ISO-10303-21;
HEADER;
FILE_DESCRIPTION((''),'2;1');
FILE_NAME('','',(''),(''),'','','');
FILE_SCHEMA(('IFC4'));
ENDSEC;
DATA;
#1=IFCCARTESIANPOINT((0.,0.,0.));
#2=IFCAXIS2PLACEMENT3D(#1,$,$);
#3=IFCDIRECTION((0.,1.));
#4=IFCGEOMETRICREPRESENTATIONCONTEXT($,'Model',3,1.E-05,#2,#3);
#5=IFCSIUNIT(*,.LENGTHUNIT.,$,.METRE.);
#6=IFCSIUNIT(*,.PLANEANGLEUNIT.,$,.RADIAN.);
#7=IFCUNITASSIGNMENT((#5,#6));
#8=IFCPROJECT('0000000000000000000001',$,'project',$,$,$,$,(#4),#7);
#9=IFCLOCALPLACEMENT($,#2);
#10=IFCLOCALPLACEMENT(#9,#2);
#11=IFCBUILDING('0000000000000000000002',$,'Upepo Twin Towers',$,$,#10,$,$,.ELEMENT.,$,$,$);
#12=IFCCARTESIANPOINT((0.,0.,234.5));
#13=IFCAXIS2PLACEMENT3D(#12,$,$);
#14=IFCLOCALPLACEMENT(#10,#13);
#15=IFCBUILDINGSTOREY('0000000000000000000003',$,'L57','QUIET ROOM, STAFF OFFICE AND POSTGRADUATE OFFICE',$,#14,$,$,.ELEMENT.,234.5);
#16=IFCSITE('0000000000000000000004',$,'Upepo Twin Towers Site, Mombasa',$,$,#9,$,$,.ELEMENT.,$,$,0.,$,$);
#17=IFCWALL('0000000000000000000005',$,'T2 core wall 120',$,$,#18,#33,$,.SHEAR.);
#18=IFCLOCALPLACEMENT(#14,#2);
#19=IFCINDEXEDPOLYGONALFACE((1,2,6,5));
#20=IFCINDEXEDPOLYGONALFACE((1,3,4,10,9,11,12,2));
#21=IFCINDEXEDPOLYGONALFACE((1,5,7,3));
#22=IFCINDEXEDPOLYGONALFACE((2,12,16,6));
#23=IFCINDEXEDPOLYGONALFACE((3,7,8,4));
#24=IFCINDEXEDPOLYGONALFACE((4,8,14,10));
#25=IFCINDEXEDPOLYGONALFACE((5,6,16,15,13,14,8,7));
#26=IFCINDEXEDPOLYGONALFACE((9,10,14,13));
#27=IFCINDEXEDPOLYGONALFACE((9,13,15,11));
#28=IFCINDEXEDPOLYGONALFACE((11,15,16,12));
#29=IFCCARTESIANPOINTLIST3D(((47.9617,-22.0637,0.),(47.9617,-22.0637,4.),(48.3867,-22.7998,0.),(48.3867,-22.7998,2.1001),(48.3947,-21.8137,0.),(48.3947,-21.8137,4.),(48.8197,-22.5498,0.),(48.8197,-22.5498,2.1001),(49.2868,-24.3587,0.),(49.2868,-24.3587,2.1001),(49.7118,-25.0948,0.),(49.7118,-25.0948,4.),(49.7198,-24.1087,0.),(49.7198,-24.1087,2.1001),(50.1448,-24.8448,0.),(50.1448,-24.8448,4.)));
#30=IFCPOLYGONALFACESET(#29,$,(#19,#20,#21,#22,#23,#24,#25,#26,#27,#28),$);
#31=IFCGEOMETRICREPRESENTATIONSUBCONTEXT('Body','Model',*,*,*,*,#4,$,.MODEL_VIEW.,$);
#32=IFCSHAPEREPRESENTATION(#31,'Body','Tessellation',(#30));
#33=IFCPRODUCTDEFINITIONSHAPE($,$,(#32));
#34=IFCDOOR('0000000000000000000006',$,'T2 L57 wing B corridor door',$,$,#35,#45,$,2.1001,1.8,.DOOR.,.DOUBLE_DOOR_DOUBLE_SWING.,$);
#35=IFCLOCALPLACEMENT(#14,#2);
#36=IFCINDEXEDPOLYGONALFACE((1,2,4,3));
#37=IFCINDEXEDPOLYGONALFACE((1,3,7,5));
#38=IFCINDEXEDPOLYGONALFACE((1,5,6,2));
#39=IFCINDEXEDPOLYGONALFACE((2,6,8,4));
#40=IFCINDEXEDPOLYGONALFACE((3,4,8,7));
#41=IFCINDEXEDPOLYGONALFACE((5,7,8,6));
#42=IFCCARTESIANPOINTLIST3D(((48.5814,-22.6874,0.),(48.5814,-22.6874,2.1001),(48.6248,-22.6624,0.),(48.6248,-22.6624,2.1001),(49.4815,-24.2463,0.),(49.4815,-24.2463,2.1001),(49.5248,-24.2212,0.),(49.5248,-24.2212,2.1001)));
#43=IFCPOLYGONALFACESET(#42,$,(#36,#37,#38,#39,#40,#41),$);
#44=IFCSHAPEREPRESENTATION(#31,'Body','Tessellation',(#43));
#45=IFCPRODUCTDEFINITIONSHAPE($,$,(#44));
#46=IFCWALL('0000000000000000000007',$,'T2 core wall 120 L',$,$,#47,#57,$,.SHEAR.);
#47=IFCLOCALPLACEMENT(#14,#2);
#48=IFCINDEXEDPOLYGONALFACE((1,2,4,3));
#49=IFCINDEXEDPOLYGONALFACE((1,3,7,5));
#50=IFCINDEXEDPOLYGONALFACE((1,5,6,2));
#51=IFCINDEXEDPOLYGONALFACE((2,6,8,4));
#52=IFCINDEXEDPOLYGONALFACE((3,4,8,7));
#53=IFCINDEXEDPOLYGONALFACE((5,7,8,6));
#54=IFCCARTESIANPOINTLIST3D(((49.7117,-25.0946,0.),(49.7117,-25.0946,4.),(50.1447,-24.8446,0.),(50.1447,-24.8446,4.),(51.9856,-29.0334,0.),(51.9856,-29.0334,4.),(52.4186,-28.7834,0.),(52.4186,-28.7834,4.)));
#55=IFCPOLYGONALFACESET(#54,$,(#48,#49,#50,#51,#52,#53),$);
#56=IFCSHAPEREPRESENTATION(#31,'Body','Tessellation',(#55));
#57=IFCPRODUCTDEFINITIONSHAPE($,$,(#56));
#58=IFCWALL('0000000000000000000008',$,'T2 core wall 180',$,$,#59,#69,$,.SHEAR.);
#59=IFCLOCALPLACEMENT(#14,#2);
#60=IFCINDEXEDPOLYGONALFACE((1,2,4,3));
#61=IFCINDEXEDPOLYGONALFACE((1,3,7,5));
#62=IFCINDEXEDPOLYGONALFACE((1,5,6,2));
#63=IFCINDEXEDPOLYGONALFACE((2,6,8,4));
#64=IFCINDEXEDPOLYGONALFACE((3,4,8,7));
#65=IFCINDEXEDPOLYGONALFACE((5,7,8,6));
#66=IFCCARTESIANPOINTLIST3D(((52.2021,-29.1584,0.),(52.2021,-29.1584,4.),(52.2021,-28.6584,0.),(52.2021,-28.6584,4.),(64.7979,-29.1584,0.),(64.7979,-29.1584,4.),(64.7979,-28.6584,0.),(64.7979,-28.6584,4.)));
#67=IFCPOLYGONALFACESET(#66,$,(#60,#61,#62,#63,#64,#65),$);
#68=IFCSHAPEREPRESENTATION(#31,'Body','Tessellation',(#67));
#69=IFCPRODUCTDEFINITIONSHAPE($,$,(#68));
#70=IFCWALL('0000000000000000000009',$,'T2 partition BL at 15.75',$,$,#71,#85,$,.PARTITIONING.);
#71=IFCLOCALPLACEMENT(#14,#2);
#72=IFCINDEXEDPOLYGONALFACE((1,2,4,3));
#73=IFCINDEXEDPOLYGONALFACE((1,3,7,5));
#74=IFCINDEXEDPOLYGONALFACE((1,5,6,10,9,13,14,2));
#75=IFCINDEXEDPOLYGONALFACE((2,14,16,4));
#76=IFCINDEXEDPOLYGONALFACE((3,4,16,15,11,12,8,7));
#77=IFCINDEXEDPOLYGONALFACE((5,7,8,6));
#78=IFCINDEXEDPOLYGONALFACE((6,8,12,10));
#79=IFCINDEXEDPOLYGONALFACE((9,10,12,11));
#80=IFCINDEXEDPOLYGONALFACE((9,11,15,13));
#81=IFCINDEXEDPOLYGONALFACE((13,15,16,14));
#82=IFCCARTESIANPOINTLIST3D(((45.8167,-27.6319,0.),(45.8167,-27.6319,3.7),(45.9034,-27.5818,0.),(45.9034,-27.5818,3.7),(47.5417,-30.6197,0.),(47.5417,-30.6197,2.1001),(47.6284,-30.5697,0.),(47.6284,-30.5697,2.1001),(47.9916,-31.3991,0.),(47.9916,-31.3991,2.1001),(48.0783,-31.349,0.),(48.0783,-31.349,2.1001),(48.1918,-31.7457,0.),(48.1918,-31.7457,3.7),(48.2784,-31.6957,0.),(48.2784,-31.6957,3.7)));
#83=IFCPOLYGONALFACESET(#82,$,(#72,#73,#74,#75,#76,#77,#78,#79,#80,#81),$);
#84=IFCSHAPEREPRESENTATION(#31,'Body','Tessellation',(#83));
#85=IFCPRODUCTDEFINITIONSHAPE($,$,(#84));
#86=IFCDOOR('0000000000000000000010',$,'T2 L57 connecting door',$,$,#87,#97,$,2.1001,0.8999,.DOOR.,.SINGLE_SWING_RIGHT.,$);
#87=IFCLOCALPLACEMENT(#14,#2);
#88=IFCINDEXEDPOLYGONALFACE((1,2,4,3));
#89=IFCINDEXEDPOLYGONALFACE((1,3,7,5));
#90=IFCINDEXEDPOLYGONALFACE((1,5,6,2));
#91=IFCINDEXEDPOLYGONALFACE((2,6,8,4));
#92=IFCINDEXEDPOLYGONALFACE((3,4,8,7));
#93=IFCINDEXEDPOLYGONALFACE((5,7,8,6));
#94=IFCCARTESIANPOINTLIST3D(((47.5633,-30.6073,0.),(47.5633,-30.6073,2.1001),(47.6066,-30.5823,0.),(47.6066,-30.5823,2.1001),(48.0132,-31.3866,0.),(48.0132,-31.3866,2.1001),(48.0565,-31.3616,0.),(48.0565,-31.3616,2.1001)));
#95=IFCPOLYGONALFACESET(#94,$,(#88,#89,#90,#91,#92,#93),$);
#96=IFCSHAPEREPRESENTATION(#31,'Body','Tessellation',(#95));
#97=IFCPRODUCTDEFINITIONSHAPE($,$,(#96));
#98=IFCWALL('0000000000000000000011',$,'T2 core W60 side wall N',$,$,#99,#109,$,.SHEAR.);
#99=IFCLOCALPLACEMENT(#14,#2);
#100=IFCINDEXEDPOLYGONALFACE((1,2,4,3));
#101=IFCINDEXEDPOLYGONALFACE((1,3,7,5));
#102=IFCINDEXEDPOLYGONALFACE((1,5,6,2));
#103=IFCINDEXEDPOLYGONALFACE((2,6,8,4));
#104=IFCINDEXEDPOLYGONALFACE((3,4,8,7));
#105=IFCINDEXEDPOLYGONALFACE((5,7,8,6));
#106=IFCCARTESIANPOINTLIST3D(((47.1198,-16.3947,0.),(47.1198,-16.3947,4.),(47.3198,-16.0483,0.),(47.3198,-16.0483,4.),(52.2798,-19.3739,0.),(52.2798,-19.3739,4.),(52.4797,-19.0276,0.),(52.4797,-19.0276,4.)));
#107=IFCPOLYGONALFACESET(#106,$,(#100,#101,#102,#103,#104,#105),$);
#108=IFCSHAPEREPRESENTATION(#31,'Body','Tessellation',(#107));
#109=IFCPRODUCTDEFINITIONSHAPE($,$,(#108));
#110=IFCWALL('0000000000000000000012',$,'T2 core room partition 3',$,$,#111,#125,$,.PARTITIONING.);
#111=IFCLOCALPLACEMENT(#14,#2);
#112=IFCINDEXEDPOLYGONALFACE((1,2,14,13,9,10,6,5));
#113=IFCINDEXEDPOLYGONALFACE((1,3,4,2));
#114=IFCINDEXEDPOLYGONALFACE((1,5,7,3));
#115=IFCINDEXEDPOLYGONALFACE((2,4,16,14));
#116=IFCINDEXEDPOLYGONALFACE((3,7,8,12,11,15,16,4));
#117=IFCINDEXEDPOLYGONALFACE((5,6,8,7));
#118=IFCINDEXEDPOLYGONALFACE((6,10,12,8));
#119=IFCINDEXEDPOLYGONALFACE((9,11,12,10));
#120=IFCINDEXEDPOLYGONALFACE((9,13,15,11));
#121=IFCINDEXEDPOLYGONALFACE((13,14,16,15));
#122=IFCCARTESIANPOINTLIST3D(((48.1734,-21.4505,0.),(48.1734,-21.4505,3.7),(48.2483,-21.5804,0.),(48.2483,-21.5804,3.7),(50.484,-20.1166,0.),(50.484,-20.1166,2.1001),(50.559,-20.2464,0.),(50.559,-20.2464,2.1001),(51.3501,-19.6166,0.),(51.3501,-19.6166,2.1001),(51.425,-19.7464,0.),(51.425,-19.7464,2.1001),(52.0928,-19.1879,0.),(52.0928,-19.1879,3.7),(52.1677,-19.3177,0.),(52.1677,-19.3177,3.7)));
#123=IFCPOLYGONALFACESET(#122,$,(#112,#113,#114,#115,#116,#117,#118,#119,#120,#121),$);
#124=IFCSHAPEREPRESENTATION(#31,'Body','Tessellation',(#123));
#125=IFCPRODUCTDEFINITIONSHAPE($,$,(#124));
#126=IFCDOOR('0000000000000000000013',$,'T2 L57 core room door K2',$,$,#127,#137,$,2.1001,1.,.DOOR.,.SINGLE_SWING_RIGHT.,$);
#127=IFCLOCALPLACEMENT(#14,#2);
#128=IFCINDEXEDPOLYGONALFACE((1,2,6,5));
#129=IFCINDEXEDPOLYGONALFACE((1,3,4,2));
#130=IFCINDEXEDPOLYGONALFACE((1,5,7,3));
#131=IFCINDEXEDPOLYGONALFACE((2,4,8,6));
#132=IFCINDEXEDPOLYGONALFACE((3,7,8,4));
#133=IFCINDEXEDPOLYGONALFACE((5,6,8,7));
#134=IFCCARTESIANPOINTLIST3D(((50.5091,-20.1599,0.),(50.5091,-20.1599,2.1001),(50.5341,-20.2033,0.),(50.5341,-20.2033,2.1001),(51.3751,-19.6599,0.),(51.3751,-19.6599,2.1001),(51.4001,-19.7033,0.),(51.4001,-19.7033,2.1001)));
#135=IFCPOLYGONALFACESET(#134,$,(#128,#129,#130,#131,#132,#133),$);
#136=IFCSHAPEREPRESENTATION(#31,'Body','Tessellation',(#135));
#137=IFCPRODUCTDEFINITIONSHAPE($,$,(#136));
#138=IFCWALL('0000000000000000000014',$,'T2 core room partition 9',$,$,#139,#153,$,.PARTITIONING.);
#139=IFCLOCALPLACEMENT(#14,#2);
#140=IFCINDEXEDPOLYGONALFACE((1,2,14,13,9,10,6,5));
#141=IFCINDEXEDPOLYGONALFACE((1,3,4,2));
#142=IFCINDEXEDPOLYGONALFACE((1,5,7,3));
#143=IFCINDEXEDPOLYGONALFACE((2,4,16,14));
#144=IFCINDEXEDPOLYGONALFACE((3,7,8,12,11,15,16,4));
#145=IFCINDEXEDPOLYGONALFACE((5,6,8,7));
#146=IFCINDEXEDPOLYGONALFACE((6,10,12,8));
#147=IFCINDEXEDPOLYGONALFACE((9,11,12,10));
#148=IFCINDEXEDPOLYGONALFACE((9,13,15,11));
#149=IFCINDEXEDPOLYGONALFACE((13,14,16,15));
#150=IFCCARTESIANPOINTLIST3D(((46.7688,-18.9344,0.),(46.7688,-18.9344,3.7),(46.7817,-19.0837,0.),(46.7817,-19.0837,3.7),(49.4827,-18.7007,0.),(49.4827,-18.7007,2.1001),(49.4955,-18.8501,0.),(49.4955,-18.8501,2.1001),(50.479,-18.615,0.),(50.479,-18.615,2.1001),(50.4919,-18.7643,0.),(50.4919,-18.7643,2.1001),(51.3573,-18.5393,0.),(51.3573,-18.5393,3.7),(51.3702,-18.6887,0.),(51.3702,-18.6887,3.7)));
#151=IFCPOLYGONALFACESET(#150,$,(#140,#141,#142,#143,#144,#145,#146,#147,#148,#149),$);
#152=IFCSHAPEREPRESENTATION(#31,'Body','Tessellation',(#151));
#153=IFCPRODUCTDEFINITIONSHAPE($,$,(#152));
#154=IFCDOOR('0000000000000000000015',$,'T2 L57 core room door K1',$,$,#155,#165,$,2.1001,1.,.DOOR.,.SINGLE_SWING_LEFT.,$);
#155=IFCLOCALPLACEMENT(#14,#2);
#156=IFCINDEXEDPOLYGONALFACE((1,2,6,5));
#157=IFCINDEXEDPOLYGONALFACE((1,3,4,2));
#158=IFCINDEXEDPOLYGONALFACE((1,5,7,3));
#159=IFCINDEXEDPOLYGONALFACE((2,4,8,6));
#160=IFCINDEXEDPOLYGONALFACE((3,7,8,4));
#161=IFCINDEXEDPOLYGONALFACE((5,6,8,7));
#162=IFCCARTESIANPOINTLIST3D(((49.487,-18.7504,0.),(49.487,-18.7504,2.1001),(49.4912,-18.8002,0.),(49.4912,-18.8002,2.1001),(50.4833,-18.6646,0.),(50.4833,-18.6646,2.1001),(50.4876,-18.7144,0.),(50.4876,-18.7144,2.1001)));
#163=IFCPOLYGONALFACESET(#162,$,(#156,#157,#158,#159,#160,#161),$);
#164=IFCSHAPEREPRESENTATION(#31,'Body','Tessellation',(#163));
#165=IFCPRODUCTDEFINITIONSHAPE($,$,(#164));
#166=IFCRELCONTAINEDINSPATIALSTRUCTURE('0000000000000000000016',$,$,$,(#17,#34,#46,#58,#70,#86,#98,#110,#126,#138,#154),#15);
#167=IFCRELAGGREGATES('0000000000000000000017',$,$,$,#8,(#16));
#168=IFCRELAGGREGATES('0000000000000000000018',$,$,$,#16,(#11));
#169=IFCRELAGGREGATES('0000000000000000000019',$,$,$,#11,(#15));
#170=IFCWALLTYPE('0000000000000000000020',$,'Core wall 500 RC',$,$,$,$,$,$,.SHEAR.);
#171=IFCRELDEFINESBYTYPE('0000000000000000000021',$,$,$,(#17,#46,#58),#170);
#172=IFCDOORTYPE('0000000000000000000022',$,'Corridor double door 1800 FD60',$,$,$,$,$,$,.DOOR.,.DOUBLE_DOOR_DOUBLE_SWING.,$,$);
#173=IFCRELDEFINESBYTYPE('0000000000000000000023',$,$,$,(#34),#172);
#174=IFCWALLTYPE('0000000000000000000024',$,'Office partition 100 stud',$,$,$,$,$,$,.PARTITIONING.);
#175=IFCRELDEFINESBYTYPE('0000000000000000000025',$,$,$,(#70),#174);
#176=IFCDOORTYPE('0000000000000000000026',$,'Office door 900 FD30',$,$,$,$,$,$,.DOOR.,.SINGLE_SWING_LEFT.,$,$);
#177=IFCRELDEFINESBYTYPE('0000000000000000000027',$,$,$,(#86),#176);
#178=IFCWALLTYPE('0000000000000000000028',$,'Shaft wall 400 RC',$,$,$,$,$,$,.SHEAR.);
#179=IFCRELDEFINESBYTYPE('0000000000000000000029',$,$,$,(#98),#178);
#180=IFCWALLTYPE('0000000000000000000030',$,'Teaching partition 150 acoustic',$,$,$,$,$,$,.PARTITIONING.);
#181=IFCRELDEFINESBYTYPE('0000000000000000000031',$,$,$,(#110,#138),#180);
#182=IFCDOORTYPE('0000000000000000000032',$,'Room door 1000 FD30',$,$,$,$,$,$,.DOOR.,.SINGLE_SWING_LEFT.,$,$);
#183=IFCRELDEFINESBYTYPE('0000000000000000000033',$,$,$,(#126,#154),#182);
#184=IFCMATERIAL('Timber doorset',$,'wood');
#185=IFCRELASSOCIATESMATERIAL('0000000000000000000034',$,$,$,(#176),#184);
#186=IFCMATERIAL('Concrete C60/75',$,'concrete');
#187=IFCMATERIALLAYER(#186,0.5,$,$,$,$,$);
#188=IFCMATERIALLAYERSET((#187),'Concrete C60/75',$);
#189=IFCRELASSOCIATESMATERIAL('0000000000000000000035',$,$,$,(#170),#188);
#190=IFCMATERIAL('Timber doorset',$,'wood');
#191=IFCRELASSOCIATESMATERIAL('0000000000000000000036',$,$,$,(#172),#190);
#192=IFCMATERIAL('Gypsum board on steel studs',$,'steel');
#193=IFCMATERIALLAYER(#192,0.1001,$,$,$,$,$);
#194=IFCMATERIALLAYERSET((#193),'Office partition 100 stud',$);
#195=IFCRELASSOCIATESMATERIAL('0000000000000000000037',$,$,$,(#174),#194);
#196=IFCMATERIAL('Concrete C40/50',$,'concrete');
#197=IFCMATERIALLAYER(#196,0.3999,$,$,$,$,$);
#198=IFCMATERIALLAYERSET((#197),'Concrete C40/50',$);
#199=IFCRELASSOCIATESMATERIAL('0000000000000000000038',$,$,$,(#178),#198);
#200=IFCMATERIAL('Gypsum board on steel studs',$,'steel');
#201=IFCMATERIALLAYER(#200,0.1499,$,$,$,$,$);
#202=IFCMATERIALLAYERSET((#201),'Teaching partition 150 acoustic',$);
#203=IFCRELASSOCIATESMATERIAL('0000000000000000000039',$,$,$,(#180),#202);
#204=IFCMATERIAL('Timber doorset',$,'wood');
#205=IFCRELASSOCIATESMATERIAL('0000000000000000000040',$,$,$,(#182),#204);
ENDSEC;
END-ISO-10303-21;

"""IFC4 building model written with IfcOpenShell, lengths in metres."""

from ifc_helpers import new_model, si_unit, direction, frame, frame_2d, origin, place, context, subcontext, project, spatial, rectangle, extrude, material, layer, layer_set, type_object, element, fill, save


model = new_model("IFC4")

# Units and contexts
model_context = context("Model", 3, precision=1e-05, world=origin(), true_north=direction((0.0, 1.0)))
body_context = subcontext(model_context, "Body", "Model", "MODEL_VIEW")
ifc_project = project(units=[si_unit("LENGTHUNIT", "METRE"), si_unit("PLANEANGLEUNIT", "RADIAN")], contexts=[model_context])

# Site, building, storey
site_placement = place(None, origin())
site = spatial("IfcSite", under=ifc_project, at=site_placement, Name="Upepo Twin Towers Site, Mombasa", CompositionType="ELEMENT", RefElevation=0.0)
building_placement = place(site_placement, origin())
building = spatial("IfcBuilding", under=site, at=building_placement, Name="Upepo Twin Towers", CompositionType="ELEMENT")
storey_placement = place(building_placement, frame((0.0, 0.0, 234.5)))
storey = spatial("IfcBuildingStorey", under=building, at=storey_placement, Name="L57", Description="QUIET ROOM, STAFF OFFICE AND POSTGRADUATE OFFICE", CompositionType="ELEMENT", Elevation=234.5)

# Shared definitions
ifc_material_1 = material(Name="Timber doorset", Category="wood")
door_type_1 = type_object("IfcDoorType", Name="Office door 900 FD30", OperationType="SINGLE_SWING_LEFT", PredefinedType="DOOR", material=ifc_material_1)

# Shared definitions
ifc_material_2 = material(Name="Concrete C60/75", Category="concrete")
ifc_layer_1 = layer(ifc_material_2, 0.5)
ifc_layer_set_1 = layer_set([ifc_layer_1], Name="Concrete C60/75")
wall_type_1 = type_object("IfcWallType", Name="Core wall 500 RC", PredefinedType="SHEAR", material=ifc_layer_set_1)

# Wall, opening, door
wall_1_placement = place(storey_placement, frame((48.1782, -21.9387, 0.0), z_axis=(0.0, 0.0, 1.0), x_axis=(0.50001, -0.866019, 0.0)))
wall_1 = element("IfcWall", 1, at=wall_1_placement, inside=storey, type_object=wall_type_1, Name="T2 core wall 120", PredefinedType="SHEAR", context=body_context, shape_type="SweptSolid", body=[
    extrude(rectangle(XDim=3.5, YDim=0.5, at=frame_2d((1.75, 0.0))), origin(), (0.0, 0.0, 1.0), 4.0),
])
opening_1_placement = place(wall_1_placement, frame((0.8501, 0.0, 0.0)))
opening_1 = element("IfcOpeningElement", 2, at=opening_1_placement, cuts=wall_1, PredefinedType="OPENING", context=body_context, shape_type="SweptSolid", body=[
    extrude(rectangle(XDim=1.8, YDim=2.1001, at=frame_2d((0.8999, 1.05))), frame((0.0, 0.26, 0.0), z_axis=(0.0, -1.0, 0.0), x_axis=(1.0, 0.0, 0.0)), (0.0, 0.0, 1.0), 0.52),
])
ifc_material_3 = material(Name="Timber doorset", Category="wood")
door_type_2 = type_object("IfcDoorType", Name="Corridor double door 1800 FD60", OperationType="DOUBLE_DOOR_DOUBLE_SWING", PredefinedType="DOOR", material=ifc_material_3)
door_1_placement = place(opening_1_placement, origin())
door_1 = element("IfcDoor", 3, at=door_1_placement, inside=storey, type_object=door_type_2, Name="T2 L57 wing B corridor door", OperationType="DOUBLE_DOOR_DOUBLE_SWING", OverallHeight=2.1001, OverallWidth=1.8, PredefinedType="DOOR", context=body_context, shape_type="SweptSolid", body=[
    extrude(rectangle(XDim=1.8, YDim=2.1001, at=frame_2d((0.8999, 1.05))), frame((0.0, 0.0249, 0.0), z_axis=(0.0, -1.0, 0.0), x_axis=(1.0, 0.0, 0.0)), (0.0, 0.0, 1.0), 0.05),
])
fill(opening_1, door_1)

# Walls
wall_2_placement = place(storey_placement, frame((49.9282, -24.9697, 0.0), z_axis=(0.0, 0.0, 1.0), x_axis=(0.499984, -0.866035, 0.0)))
element("IfcWall", 4, at=wall_2_placement, inside=storey, type_object=wall_type_1, Name="T2 core wall 120 L", PredefinedType="SHEAR", context=body_context, shape_type="SweptSolid", body=[
    extrude(rectangle(XDim=4.5481, YDim=0.5, at=frame_2d((2.2739, 0.0))), origin(), (0.0, 0.0, 1.0), 4.0),
])
wall_3_placement = place(storey_placement, frame((52.2021, -28.9084, 0.0), z_axis=(0.0, 0.0, 1.0), x_axis=(1.0, 0.0, 0.0)))
element("IfcWall", 5, at=wall_3_placement, inside=storey, type_object=wall_type_1, Name="T2 core wall 180", PredefinedType="SHEAR", context=body_context, shape_type="SweptSolid", body=[
    extrude(rectangle(XDim=12.5957, YDim=0.5, at=frame_2d((6.2979, 0.0))), origin(), (0.0, 0.0, 1.0), 4.0),
])

# Wall, opening, door
ifc_material_4 = material(Name="Gypsum board on steel studs", Category="steel")
ifc_layer_2 = layer(ifc_material_4, 0.1001)
ifc_layer_set_2 = layer_set([ifc_layer_2], Name="Office partition 100 stud")
wall_type_2 = type_object("IfcWallType", Name="Office partition 100 stud", PredefinedType="PARTITIONING", material=ifc_layer_set_2)
wall_4_placement = place(storey_placement, frame((45.8601, -27.6069, 0.0), z_axis=(0.0, 0.0, 1.0), x_axis=(0.499986, -0.866033, 0.0)))
wall_4 = element("IfcWall", 6, at=wall_4_placement, inside=storey, type_object=wall_type_2, Name="T2 partition BL at 15.75", PredefinedType="PARTITIONING", context=body_context, shape_type="SweptSolid", body=[
    extrude(rectangle(XDim=4.7502, YDim=0.1001, at=frame_2d((2.375, 0.0))), origin(), (0.0, 0.0, 1.0), 3.7),
])
opening_2_placement = place(wall_4_placement, frame((3.45, 0.0, 0.0)))
opening_2 = element("IfcOpeningElement", 7, at=opening_2_placement, cuts=wall_4, PredefinedType="OPENING", context=body_context, shape_type="SweptSolid", body=[
    extrude(rectangle(XDim=0.8999, YDim=2.1001, at=frame_2d((0.45, 1.05))), frame((0.0, 0.0601, 0.0), z_axis=(0.0, -1.0, 0.0), x_axis=(1.0, 0.0, 0.0)), (0.0, 0.0, 1.0), 0.1201),
])
door_2_placement = place(opening_2_placement, origin())
door_2 = element("IfcDoor", 8, at=door_2_placement, inside=storey, type_object=door_type_1, Name="T2 L57 connecting door", OperationType="SINGLE_SWING_RIGHT", OverallHeight=2.1001, OverallWidth=0.8999, PredefinedType="DOOR", context=body_context, shape_type="SweptSolid", body=[
    extrude(rectangle(XDim=0.8999, YDim=2.1001, at=frame_2d((0.45, 1.05))), frame((0.0, 0.0249, 0.0), z_axis=(0.0, -1.0, 0.0), x_axis=(1.0, 0.0, 0.0)), (0.0, 0.0, 1.0), 0.05),
])
fill(opening_2, door_2)

# Wall
ifc_material_5 = material(Name="Concrete C40/50", Category="concrete")
ifc_layer_3 = layer(ifc_material_5, 0.3999)
ifc_layer_set_3 = layer_set([ifc_layer_3], Name="Concrete C40/50")
wall_type_3 = type_object("IfcWallType", Name="Shaft wall 400 RC", PredefinedType="SHEAR", material=ifc_layer_set_3)
wall_5_placement = place(storey_placement, frame((52.3796, -19.2007, 0.0), z_axis=(0.0, 0.0, 1.0), x_axis=(-0.866013, 0.500022, 0.0)))
element("IfcWall", 9, at=wall_5_placement, inside=storey, type_object=wall_type_3, Name="T2 core W60 side wall N", PredefinedType="SHEAR", context=body_context, shape_type="SweptSolid", body=[
    extrude(rectangle(XDim=5.9583, YDim=0.3999, at=frame_2d((2.979, 0.0))), origin(), (0.0, 0.0, 1.0), 4.0),
])

# Walls, openings, doors
ifc_material_6 = material(Name="Gypsum board on steel studs", Category="steel")
ifc_layer_4 = layer(ifc_material_6, 0.1499)
ifc_layer_set_4 = layer_set([ifc_layer_4], Name="Teaching partition 150 acoustic")
wall_type_4 = type_object("IfcWallType", Name="Teaching partition 150 acoustic", PredefinedType="PARTITIONING", material=ifc_layer_set_4)
wall_6_placement = place(storey_placement, frame((48.2109, -21.5154, 0.0), z_axis=(0.0, 0.0, 1.0), x_axis=(0.866044, 0.499968, 0.0)))
wall_6 = element("IfcWall", 10, at=wall_6_placement, inside=storey, type_object=wall_type_4, Name="T2 core room partition 3", PredefinedType="PARTITIONING", context=body_context, shape_type="SweptSolid", body=[
    extrude(rectangle(XDim=4.5256, YDim=0.1499, at=frame_2d((2.2627, 0.0))), origin(), (0.0, 0.0, 1.0), 3.7),
])
opening_3_placement = place(wall_6_placement, frame((2.668, 0.0, 0.0)))
opening_3 = element("IfcOpeningElement", 11, at=opening_3_placement, cuts=wall_6, PredefinedType="OPENING", context=body_context, shape_type="SweptSolid", body=[
    extrude(rectangle(XDim=1.0, YDim=2.1001, at=frame_2d((0.5, 1.05))), frame((0.0, 0.085, 0.0), z_axis=(0.0, -1.0, 0.0), x_axis=(1.0, 0.0, 0.0)), (0.0, 0.0, 1.0), 0.1699),
])
ifc_material_7 = material(Name="Timber doorset", Category="wood")
door_type_3 = type_object("IfcDoorType", Name="Room door 1000 FD30", OperationType="SINGLE_SWING_LEFT", PredefinedType="DOOR", material=ifc_material_7)
door_3_placement = place(opening_3_placement, origin())
door_3 = element("IfcDoor", 12, at=door_3_placement, inside=storey, type_object=door_type_3, Name="T2 L57 core room door K2", OperationType="SINGLE_SWING_RIGHT", OverallHeight=2.1001, OverallWidth=1.0, PredefinedType="DOOR", context=body_context, shape_type="SweptSolid", body=[
    extrude(rectangle(XDim=1.0, YDim=2.1001, at=frame_2d((0.5, 1.05))), frame((0.0, 0.0249, 0.0), z_axis=(0.0, -1.0, 0.0), x_axis=(1.0, 0.0, 0.0)), (0.0, 0.0, 1.0), 0.05),
])
fill(opening_3, door_3)
wall_7_placement = place(storey_placement, frame((51.3638, -18.614, 0.0), z_axis=(0.0, 0.0, 1.0), x_axis=(-0.996315, -0.085774, 0.0)))
wall_7 = element("IfcWall", 13, at=wall_7_placement, inside=storey, type_object=wall_type_4, Name="T2 core room partition 9", PredefinedType="PARTITIONING", context=body_context, shape_type="SweptSolid", body=[
    extrude(rectangle(XDim=4.6055, YDim=0.1499, at=frame_2d((2.3027, 0.0))), origin(), (0.0, 0.0, 1.0), 3.7),
])
opening_4_placement = place(wall_7_placement, frame((0.8816, 0.0, 0.0)))
opening_4 = element("IfcOpeningElement", 14, at=opening_4_placement, cuts=wall_7, PredefinedType="OPENING", context=body_context, shape_type="SweptSolid", body=[
    extrude(rectangle(XDim=1.0, YDim=2.1001, at=frame_2d((0.5, 1.05))), frame((0.0, 0.085, 0.0), z_axis=(0.0, -1.0, 0.0), x_axis=(1.0, 0.0, 0.0)), (0.0, 0.0, 1.0), 0.1699),
])
door_4_placement = place(opening_4_placement, origin())
door_4 = element("IfcDoor", 15, at=door_4_placement, inside=storey, type_object=door_type_3, Name="T2 L57 core room door K1", OperationType="SINGLE_SWING_LEFT", OverallHeight=2.1001, OverallWidth=1.0, PredefinedType="DOOR", context=body_context, shape_type="SweptSolid", body=[
    extrude(rectangle(XDim=1.0, YDim=2.1001, at=frame_2d((0.5, 1.05))), frame((0.0, 0.0249, 0.0), z_axis=(0.0, -1.0, 0.0), x_axis=(1.0, 0.0, 0.0)), (0.0, 0.0, 1.0), 0.05),
])
fill(opening_4, door_4)

save(model, "model.ifc")
